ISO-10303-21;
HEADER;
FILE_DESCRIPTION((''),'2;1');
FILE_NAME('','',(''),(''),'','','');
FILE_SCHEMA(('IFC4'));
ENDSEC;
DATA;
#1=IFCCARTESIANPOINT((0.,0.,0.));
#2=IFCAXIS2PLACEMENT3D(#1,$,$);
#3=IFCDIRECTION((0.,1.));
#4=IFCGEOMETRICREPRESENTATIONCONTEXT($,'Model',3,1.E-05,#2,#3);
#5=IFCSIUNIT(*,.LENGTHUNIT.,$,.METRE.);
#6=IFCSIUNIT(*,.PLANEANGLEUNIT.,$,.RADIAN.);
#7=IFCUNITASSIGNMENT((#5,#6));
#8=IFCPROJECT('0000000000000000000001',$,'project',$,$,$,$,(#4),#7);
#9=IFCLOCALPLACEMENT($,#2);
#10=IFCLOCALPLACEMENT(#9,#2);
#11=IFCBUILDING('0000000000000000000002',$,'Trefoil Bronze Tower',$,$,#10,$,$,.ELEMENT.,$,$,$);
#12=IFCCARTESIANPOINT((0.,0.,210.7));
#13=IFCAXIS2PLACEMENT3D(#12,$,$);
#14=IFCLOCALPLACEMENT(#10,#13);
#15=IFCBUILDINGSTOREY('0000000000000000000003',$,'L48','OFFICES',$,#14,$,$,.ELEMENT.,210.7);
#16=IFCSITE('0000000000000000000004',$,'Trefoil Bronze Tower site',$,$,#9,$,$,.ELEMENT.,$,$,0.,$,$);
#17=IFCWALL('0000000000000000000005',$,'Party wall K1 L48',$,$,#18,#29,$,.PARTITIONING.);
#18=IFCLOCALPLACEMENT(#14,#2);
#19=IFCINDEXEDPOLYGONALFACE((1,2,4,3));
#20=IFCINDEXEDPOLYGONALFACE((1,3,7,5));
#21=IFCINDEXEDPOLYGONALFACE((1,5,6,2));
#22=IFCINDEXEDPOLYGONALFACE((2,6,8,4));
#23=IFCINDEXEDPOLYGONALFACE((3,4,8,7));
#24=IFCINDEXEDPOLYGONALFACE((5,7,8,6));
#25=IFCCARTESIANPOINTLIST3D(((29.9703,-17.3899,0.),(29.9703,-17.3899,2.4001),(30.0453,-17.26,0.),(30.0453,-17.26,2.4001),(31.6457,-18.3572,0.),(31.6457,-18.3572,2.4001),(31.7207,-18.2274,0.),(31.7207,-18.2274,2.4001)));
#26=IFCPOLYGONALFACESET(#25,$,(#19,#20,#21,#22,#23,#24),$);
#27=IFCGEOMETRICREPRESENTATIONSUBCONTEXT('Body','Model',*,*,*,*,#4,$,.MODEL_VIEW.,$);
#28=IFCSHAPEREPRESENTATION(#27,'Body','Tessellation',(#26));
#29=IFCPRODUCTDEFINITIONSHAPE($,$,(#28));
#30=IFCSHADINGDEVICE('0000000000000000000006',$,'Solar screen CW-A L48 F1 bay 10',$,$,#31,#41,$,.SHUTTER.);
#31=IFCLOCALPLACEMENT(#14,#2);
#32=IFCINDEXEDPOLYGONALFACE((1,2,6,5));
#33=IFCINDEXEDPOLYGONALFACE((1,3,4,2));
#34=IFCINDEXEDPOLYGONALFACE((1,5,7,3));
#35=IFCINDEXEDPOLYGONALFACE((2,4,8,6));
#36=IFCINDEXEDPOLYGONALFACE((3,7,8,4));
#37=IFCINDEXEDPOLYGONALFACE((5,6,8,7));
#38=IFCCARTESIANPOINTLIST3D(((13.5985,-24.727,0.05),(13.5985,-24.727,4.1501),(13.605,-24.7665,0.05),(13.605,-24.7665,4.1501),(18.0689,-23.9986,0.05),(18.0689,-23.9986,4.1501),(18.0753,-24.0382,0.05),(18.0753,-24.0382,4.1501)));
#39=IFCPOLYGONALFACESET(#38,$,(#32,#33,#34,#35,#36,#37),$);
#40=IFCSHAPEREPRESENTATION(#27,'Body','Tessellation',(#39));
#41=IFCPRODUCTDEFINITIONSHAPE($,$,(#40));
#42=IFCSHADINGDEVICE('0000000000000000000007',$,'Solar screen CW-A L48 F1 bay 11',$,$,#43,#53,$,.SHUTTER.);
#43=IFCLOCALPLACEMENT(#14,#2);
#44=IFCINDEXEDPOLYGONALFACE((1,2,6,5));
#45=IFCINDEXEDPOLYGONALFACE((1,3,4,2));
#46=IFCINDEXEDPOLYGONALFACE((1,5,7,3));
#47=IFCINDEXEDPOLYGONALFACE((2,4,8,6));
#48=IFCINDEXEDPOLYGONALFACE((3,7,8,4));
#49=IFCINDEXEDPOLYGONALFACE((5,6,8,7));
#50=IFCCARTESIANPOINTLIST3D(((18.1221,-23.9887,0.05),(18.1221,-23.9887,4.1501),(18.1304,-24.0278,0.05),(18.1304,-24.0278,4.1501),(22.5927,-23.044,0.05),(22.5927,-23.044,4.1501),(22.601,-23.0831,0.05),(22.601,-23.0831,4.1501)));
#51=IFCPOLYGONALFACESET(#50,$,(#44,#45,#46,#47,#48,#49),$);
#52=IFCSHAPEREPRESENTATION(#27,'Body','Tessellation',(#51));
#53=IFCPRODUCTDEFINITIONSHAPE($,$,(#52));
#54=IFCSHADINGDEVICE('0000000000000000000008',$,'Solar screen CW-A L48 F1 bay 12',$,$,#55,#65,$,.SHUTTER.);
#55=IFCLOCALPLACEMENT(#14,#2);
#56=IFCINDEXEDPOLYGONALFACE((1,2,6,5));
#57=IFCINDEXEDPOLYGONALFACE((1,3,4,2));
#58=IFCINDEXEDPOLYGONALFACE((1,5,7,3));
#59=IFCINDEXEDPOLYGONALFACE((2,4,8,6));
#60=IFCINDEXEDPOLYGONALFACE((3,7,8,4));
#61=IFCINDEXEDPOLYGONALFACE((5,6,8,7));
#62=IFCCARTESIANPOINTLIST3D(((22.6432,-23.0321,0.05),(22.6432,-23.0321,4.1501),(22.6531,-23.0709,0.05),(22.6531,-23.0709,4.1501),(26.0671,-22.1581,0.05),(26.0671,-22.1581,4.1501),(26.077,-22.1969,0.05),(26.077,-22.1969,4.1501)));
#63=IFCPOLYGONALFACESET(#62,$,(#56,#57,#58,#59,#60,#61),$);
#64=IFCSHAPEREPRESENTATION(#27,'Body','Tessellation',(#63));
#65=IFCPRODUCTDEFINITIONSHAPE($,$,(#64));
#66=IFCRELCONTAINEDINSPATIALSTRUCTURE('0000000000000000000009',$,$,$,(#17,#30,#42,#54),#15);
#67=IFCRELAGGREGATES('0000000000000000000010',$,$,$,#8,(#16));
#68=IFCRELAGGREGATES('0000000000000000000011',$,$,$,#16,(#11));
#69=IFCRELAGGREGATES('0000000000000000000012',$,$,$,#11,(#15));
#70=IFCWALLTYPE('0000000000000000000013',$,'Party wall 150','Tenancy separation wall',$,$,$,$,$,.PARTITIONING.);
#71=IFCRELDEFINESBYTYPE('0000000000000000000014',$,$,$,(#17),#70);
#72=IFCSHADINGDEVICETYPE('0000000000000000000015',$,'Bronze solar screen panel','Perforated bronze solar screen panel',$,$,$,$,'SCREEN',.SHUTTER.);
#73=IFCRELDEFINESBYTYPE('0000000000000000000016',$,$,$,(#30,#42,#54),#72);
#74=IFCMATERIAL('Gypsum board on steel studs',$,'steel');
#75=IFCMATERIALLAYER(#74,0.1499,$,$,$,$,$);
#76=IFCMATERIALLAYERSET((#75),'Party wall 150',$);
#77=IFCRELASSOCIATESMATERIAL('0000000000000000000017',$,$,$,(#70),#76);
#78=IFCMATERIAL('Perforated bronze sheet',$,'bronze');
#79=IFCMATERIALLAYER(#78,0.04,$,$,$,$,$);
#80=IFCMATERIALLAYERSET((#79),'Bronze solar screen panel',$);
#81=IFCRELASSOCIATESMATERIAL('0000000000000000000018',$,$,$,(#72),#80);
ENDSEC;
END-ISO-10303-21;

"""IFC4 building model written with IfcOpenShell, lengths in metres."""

from ifc_helpers import new_model, si_unit, direction, frame, frame_2d, origin, origin_2d, place, context, subcontext, project, spatial, rectangle, extrude, material, layer, layer_set, type_object, element, save


model = new_model("IFC4")

# Units and contexts
model_context = context("Model", 3, precision=1e-05, world=origin(), true_north=direction((0.0, 1.0)))
body_context = subcontext(model_context, "Body", "Model", "MODEL_VIEW")
ifc_project = project(units=[si_unit("LENGTHUNIT", "METRE"), si_unit("PLANEANGLEUNIT", "RADIAN")], contexts=[model_context])

# Site, building, storey
site_placement = place(None, origin())
site = spatial("IfcSite", under=ifc_project, at=site_placement, Name="Trefoil Bronze Tower site", CompositionType="ELEMENT", RefElevation=0.0)
building_placement = place(site_placement, origin())
building = spatial("IfcBuilding", under=site, at=building_placement, Name="Trefoil Bronze Tower", CompositionType="ELEMENT")
storey_placement = place(building_placement, frame((0.0, 0.0, 210.7)))
storey = spatial("IfcBuildingStorey", under=building, at=storey_placement, Name="L48", Description="OFFICES", CompositionType="ELEMENT", Elevation=210.7)

# Wall
ifc_material_1 = material(Name="Gypsum board on steel studs", Category="steel")
ifc_layer_1 = layer(ifc_material_1, 0.1499)
ifc_layer_set_1 = layer_set([ifc_layer_1], Name="Party wall 150")
wall_type = type_object("IfcWallType", Name="Party wall 150", Description="Tenancy separation wall", PredefinedType="PARTITIONING", material=ifc_layer_set_1)
wall_placement = place(storey_placement, frame((30.0078, -17.325, 0.0), z_axis=(0.0, 0.0, 1.0), x_axis=(0.866013, -0.500021, 0.0)))
element("IfcWall", 1, at=wall_placement, inside=storey, type_object=wall_type, Name="Party wall K1 L48", PredefinedType="PARTITIONING", context=body_context, shape_type="SweptSolid", body=[
    extrude(rectangle(XDim=1.9346, YDim=0.1499, at=frame_2d((0.9673, 0.0))), origin(), (0.0, 0.0, 1.0), 2.4001),
])

# Shading devices
ifc_material_2 = material(Name="Perforated bronze sheet", Category="bronze")
ifc_layer_2 = layer(ifc_material_2, 0.04)
ifc_layer_set_2 = layer_set([ifc_layer_2], Name="Bronze solar screen panel")
shading_device_type = type_object("IfcShadingDeviceType", Name="Bronze solar screen panel", Description="Perforated bronze solar screen panel", ElementType="SCREEN", PredefinedType="SHUTTER", material=ifc_layer_set_2)
shading_device_1_placement = place(storey_placement, frame((15.8369, -24.3826, 0.05), z_axis=(0.0, 0.0, 1.0), x_axis=(0.986987, 0.160803, 0.0)))
element("IfcShadingDevice", 2, at=shading_device_1_placement, inside=storey, type_object=shading_device_type, Name="Solar screen CW-A L48 F1 bay 10", PredefinedType="SHUTTER", context=body_context, shape_type="SweptSolid", body=[
    extrude(rectangle(XDim=4.5293, YDim=0.04, at=origin_2d()), origin(), (0.0, 0.0, 1.0), 4.1001),
])
shading_device_2_placement = place(storey_placement, frame((20.3616, -23.5359, 0.05), z_axis=(0.0, 0.0, 1.0), x_axis=(0.978394, 0.206747, 0.0)))
element("IfcShadingDevice", 3, at=shading_device_2_placement, inside=storey, type_object=shading_device_type, Name="Solar screen CW-A L48 F1 bay 11", PredefinedType="SHUTTER", context=body_context, shape_type="SweptSolid", body=[
    extrude(rectangle(XDim=4.5693, YDim=0.04, at=origin_2d()), origin(), (0.0, 0.0, 1.0), 4.1001),
])
shading_device_3_placement = place(storey_placement, frame((24.3601, -22.6145, 0.05), z_axis=(0.0, 0.0, 1.0), x_axis=(0.968934, 0.247319, 0.0)))
element("IfcShadingDevice", 4, at=shading_device_3_placement, inside=storey, type_object=shading_device_type, Name="Solar screen CW-A L48 F1 bay 12", PredefinedType="SHUTTER", context=body_context, shape_type="SweptSolid", body=[
    extrude(rectangle(XDim=3.5337, YDim=0.04, at=origin_2d()), origin(), (0.0, 0.0, 1.0), 4.1001),
])

save(model, "model.ifc")
